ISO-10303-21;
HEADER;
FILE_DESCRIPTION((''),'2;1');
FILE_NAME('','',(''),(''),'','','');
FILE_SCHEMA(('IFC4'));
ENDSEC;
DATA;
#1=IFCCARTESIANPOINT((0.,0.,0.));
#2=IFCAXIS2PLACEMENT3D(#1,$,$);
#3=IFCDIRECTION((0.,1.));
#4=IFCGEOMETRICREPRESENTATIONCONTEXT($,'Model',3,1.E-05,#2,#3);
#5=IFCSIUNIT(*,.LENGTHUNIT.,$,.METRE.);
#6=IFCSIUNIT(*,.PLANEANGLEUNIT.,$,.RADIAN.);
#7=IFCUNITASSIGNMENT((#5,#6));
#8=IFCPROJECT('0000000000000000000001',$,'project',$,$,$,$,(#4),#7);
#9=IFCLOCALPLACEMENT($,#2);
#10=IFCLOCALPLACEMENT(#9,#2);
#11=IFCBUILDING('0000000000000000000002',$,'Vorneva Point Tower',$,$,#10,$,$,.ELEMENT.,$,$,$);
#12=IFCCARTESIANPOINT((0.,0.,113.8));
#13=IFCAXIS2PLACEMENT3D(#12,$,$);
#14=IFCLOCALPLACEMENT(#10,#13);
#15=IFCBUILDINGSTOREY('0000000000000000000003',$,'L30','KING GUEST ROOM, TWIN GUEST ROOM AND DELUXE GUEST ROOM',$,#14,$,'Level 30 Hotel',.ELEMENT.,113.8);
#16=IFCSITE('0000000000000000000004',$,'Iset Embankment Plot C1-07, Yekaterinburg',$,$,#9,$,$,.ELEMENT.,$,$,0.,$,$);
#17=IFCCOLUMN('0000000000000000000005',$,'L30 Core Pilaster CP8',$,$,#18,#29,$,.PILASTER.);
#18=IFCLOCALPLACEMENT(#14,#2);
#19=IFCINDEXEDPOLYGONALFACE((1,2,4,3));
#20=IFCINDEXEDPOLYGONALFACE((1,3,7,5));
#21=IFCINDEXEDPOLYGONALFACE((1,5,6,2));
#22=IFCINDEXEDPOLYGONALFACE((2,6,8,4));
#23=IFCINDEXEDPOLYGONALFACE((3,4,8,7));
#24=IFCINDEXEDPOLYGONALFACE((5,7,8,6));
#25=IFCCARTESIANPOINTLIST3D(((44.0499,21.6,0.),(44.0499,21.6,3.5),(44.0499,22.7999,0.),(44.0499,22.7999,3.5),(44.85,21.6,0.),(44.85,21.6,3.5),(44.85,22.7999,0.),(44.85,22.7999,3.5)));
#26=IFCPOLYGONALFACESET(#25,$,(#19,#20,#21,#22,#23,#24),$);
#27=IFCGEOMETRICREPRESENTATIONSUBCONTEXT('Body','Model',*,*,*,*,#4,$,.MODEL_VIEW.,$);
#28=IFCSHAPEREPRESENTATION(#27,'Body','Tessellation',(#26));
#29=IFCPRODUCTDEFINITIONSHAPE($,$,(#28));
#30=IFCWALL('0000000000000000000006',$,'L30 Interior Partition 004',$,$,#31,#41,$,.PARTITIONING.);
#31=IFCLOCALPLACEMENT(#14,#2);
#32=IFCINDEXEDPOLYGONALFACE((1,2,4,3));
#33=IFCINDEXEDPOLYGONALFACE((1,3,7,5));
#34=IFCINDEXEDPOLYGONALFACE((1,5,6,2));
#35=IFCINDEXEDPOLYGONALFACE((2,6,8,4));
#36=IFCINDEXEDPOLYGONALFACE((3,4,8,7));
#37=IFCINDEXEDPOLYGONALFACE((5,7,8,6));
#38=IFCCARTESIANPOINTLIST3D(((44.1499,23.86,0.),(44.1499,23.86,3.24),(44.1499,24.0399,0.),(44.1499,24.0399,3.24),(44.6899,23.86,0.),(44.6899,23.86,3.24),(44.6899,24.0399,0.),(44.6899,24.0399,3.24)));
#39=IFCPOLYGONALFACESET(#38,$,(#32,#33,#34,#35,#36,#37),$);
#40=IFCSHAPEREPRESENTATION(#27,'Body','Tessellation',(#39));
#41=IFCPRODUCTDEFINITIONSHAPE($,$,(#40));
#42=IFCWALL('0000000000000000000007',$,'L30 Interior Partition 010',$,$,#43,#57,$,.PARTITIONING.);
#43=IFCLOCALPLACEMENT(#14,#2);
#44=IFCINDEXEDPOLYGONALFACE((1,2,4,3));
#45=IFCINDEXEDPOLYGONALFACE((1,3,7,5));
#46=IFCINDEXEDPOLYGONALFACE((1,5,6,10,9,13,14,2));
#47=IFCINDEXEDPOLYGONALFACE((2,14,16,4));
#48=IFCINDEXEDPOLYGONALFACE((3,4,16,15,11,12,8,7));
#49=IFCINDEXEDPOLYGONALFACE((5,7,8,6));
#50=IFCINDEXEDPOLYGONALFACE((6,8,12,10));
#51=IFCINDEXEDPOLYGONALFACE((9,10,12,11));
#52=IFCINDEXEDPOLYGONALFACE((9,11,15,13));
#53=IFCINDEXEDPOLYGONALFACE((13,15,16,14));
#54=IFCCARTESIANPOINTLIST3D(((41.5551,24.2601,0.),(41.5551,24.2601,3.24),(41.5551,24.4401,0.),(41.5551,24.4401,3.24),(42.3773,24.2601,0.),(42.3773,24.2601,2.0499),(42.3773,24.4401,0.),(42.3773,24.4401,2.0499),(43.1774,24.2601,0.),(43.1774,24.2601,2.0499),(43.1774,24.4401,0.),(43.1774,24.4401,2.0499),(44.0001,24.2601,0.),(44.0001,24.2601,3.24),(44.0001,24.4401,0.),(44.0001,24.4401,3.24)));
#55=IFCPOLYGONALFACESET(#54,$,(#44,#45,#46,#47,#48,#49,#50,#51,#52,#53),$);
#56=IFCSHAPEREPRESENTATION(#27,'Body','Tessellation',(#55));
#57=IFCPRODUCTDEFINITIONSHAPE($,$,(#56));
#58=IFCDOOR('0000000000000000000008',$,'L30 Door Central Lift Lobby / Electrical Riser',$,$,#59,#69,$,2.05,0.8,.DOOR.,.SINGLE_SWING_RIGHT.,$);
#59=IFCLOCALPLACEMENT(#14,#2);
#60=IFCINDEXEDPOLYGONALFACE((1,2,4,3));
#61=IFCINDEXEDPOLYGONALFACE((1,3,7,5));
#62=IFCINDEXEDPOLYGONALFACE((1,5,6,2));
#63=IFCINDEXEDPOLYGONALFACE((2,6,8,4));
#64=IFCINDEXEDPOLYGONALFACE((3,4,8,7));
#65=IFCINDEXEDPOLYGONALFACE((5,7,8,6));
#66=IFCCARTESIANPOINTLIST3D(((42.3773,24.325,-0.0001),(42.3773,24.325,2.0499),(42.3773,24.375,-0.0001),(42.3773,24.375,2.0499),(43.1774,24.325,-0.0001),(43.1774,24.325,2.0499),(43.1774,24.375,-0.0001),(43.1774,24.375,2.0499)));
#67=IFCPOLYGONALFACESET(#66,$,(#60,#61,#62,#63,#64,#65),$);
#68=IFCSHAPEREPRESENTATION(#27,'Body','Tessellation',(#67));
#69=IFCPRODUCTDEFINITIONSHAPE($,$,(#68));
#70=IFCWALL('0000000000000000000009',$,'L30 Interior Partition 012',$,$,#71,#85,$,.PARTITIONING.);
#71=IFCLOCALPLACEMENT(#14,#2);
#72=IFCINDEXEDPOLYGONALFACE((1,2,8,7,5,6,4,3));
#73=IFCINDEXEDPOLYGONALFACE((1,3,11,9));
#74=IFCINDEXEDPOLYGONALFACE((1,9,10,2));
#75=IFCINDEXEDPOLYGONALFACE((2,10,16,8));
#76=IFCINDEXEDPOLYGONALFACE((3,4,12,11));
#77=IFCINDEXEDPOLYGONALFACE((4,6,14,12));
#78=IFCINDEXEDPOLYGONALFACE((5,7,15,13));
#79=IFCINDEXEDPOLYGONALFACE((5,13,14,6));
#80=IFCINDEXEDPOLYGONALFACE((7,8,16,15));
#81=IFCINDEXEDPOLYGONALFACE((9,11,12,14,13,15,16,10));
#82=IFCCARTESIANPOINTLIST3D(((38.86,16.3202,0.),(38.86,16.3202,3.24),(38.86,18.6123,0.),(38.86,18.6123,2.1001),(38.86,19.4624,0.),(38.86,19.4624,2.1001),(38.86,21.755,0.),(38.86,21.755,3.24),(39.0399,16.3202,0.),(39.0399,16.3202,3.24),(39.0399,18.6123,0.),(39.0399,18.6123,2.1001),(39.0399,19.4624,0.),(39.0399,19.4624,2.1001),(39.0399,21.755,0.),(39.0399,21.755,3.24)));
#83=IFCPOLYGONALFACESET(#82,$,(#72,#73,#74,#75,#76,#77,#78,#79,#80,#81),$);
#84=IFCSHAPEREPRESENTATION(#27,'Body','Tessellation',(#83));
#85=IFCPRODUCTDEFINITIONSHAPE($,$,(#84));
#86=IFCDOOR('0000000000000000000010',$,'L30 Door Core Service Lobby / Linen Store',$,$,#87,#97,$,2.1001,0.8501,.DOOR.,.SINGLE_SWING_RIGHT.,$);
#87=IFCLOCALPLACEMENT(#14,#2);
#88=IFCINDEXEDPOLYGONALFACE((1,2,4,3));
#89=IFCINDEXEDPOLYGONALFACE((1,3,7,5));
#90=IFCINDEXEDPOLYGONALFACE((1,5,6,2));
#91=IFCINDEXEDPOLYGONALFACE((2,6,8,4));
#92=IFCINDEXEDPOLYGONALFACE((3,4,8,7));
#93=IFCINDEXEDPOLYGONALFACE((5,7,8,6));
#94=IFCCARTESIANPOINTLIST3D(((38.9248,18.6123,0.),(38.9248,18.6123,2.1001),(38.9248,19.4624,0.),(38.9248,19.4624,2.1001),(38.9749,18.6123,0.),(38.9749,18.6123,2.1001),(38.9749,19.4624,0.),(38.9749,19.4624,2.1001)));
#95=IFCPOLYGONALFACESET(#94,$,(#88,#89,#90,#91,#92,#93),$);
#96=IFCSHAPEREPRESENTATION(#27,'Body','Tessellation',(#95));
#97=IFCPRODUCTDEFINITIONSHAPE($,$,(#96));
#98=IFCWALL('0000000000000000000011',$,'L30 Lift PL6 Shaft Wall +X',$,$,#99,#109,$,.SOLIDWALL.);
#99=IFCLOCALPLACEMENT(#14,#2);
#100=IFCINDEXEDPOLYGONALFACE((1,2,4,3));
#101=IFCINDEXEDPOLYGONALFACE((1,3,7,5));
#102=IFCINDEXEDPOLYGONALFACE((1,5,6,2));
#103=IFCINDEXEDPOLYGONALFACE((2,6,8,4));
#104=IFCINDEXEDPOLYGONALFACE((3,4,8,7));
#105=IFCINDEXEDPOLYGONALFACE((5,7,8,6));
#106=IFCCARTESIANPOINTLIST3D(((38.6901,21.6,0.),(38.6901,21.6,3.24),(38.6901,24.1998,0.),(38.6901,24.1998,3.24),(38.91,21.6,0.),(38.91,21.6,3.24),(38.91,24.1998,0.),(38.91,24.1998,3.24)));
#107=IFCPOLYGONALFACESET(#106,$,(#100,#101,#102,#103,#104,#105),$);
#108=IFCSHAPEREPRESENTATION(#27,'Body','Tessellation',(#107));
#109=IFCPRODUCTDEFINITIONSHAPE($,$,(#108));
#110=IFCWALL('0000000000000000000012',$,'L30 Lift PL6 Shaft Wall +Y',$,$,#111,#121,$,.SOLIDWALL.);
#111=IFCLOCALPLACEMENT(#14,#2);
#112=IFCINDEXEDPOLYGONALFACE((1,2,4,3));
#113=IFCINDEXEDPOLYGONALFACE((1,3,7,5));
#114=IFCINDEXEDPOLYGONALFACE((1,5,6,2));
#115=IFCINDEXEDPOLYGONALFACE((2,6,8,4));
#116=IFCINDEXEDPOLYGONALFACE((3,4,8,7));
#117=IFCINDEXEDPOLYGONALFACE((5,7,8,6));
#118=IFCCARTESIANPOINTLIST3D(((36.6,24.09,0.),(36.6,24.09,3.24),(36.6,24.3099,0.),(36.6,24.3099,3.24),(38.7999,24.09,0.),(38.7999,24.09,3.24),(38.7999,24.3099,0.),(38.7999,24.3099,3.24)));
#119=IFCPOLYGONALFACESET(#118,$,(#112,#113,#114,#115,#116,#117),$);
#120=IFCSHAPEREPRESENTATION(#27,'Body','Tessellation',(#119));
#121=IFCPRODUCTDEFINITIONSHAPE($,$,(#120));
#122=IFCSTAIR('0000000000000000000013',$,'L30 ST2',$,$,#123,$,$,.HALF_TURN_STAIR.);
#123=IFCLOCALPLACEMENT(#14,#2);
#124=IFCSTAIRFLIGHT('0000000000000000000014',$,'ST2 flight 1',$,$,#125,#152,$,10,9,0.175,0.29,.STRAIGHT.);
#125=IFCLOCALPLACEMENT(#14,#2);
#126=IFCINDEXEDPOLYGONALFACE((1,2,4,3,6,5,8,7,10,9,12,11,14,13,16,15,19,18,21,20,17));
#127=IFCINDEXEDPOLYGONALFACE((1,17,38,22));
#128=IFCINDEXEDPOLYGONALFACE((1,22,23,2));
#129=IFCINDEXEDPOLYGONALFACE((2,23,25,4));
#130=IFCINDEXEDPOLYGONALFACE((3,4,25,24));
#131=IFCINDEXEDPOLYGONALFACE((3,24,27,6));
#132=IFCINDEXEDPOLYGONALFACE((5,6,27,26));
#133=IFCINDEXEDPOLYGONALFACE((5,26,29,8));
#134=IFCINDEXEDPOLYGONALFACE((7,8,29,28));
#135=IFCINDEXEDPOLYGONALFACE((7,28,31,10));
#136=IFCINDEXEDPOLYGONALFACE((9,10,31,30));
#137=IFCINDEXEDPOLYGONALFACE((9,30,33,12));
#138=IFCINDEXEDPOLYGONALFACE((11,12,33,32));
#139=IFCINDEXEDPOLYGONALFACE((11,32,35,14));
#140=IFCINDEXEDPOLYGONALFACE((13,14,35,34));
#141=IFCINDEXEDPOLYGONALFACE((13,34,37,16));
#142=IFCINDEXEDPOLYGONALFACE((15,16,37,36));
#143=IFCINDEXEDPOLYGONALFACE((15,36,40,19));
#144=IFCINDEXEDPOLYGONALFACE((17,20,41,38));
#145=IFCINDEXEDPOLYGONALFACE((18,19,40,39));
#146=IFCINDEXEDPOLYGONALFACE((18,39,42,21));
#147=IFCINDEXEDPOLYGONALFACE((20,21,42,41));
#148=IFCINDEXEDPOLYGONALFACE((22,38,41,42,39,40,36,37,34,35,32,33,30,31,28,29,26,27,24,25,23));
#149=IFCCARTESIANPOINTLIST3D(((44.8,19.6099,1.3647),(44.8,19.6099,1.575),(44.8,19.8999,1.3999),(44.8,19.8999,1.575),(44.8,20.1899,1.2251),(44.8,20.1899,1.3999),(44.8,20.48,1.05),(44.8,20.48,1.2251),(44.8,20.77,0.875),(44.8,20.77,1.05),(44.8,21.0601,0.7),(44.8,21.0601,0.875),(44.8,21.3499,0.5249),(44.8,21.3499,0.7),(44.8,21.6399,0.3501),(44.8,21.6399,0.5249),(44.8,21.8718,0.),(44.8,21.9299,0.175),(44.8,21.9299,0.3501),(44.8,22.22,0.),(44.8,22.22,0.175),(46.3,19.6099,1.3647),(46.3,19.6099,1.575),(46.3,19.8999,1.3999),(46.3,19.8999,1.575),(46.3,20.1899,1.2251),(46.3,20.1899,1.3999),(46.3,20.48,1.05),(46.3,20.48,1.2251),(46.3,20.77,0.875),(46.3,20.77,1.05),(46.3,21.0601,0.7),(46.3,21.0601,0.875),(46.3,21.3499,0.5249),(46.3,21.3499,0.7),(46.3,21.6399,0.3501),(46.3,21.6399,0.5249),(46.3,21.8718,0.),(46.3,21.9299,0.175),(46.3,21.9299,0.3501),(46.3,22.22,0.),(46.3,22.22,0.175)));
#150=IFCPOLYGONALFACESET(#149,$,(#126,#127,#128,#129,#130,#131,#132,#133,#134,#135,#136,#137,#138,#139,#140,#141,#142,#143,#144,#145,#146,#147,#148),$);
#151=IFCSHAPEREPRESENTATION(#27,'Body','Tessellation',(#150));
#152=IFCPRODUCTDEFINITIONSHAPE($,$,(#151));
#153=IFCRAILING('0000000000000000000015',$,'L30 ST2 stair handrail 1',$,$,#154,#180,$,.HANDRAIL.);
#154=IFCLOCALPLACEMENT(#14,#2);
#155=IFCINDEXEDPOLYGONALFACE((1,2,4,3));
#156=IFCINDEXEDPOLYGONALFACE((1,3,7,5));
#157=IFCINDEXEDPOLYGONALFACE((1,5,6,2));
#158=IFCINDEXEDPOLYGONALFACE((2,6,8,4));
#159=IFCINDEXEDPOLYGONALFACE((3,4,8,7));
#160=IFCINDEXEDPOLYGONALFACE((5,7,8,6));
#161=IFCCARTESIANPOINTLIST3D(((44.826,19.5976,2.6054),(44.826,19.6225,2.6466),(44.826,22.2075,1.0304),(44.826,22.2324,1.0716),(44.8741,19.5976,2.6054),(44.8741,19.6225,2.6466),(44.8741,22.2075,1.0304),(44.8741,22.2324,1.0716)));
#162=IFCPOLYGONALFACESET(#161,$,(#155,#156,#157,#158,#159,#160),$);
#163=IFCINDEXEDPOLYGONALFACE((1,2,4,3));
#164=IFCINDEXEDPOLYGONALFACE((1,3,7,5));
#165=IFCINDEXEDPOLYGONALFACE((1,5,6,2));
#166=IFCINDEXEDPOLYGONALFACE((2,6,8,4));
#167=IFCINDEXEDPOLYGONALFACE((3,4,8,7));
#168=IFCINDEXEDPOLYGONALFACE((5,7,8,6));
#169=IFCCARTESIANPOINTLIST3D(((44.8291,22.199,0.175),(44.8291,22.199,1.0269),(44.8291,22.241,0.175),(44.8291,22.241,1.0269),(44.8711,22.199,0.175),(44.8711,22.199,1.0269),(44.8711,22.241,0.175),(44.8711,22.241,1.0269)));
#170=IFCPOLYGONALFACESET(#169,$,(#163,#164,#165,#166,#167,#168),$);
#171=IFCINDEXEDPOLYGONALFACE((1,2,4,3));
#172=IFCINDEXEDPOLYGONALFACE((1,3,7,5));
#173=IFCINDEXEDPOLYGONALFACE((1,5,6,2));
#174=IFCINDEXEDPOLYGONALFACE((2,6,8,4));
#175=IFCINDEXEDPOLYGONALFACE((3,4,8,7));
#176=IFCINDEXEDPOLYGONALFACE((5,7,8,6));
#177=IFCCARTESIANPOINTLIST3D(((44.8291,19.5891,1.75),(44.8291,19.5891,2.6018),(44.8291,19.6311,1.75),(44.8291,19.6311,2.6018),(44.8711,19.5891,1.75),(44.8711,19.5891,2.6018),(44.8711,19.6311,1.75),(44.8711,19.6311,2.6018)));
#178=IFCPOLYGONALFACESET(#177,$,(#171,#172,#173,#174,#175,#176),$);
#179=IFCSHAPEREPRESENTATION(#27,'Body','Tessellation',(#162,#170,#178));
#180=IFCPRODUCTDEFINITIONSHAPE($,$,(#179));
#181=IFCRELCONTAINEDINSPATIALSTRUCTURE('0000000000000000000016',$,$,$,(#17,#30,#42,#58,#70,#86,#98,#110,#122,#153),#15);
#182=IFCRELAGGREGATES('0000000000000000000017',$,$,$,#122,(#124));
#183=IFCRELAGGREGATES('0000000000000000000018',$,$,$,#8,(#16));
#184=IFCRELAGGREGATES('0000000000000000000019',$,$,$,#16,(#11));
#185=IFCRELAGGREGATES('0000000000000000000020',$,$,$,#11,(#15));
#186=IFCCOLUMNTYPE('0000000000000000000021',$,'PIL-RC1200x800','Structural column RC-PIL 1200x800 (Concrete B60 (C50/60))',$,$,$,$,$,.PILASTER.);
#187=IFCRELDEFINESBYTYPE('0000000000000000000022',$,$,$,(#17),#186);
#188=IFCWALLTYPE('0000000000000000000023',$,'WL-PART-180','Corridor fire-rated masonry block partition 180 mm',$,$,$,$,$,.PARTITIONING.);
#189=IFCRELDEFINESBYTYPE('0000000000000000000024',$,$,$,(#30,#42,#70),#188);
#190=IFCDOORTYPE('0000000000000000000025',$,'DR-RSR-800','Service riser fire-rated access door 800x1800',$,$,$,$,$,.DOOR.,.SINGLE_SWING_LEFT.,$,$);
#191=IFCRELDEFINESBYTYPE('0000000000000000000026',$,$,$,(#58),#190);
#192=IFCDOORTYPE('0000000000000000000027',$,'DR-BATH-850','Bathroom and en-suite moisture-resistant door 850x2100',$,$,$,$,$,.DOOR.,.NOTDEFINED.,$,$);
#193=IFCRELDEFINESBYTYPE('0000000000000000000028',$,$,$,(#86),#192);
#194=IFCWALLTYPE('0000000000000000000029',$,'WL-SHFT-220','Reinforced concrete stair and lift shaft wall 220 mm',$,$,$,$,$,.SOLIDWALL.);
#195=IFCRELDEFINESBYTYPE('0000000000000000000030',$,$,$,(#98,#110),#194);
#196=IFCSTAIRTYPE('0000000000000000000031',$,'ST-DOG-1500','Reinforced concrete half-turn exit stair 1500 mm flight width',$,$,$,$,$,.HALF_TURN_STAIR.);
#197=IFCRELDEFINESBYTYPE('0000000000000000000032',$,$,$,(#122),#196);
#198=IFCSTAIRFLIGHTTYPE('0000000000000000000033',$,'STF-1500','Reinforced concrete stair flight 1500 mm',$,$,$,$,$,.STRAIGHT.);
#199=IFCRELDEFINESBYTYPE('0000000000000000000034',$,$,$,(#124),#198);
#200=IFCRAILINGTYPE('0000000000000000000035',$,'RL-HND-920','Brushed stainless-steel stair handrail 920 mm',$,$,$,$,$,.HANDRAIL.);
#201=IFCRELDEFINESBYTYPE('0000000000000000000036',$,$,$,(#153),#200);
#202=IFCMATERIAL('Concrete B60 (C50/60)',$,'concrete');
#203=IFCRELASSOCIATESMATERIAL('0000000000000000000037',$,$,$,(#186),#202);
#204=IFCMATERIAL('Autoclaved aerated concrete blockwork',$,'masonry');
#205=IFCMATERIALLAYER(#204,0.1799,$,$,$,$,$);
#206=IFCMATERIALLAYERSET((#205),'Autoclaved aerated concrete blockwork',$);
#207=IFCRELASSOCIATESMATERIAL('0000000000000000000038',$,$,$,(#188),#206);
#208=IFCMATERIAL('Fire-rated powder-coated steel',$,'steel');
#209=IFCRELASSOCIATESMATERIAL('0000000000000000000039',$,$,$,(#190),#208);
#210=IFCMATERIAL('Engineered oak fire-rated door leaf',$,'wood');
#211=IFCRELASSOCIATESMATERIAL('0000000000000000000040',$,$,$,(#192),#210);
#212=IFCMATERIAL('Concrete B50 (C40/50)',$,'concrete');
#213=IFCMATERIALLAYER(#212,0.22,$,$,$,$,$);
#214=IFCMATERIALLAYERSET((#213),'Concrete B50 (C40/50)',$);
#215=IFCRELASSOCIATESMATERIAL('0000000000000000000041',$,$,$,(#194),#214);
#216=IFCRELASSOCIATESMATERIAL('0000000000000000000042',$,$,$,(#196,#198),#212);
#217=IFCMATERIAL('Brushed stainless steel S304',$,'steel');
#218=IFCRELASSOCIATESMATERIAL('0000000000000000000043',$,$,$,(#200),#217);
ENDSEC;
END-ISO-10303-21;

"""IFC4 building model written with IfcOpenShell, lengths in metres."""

from ifc_helpers import new_model, si_unit, direction, frame, frame_2d, origin, origin_2d, place, context, subcontext, project, spatial, polyline, rectangle, outline, extrude, material, layer, layer_set, material_profile, profile_set, type_object, element, fill, aggregate, save


model = new_model("IFC4")

# Units and contexts
model_context = context("Model", 3, precision=1e-05, world=origin(), true_north=direction((0.0, 1.0)))
body_context = subcontext(model_context, "Body", "Model", "MODEL_VIEW")
ifc_project = project(units=[si_unit("LENGTHUNIT", "METRE"), si_unit("PLANEANGLEUNIT", "RADIAN")], contexts=[model_context])

# Site, building, storey
site_placement = place(None, origin())
site = spatial("IfcSite", under=ifc_project, at=site_placement, Name="Iset Embankment Plot C1-07, Yekaterinburg", CompositionType="ELEMENT", RefElevation=0.0)
building_placement = place(site_placement, origin())
building = spatial("IfcBuilding", under=site, at=building_placement, Name="Vorneva Point Tower", CompositionType="ELEMENT")
storey_placement = place(building_placement, frame((0.0, 0.0, 113.8)))
storey = spatial("IfcBuildingStorey", under=building, at=storey_placement, Name="L30", Description="KING GUEST ROOM, TWIN GUEST ROOM AND DELUXE GUEST ROOM", LongName="Level 30 Hotel", CompositionType="ELEMENT", Elevation=113.8)

# Column
ifc_material_1 = material(Name="Concrete B60 (C50/60)", Category="concrete")
ifc_material_profile = material_profile(ifc_material_1, rectangle(XDim=0.8, YDim=1.2, at=origin_2d()), Name="RC-PIL 1200x800")
ifc_profile_set = profile_set([ifc_material_profile], Name="Concrete B60 (C50/60)")
column_type = type_object("IfcColumnType", Name="PIL-RC1200x800", Description="Structural column RC-PIL 1200x800 (Concrete B60 (C50/60))", PredefinedType="PILASTER", material=ifc_profile_set)
column_placement = place(storey_placement, frame((44.45, 22.2, 0.0), z_axis=(0.0, 0.0, 1.0), x_axis=(1.0, 0.0, 0.0)))
element("IfcColumn", 1, at=column_placement, inside=storey, type_object=column_type, Name="L30 Core Pilaster CP8", PredefinedType="PILASTER", context=body_context, shape_type="SweptSolid", body=[
    extrude(rectangle(XDim=0.8, YDim=1.2, at=origin_2d()), origin(), (0.0, 0.0, 1.0), 3.5),
])

# Wall
ifc_material_2 = material(Name="Autoclaved aerated concrete blockwork", Category="masonry")
ifc_layer_1 = layer(ifc_material_2, 0.1799)
ifc_layer_set_1 = layer_set([ifc_layer_1], Name="Autoclaved aerated concrete blockwork")
wall_type_1 = type_object("IfcWallType", Name="WL-PART-180", Description="Corridor fire-rated masonry block partition 180 mm", PredefinedType="PARTITIONING", material=ifc_layer_set_1)
wall_1_placement = place(storey_placement, frame((44.1499, 23.95, 0.0), z_axis=(0.0, 0.0, 1.0), x_axis=(1.0, 0.0, 0.0)))
element("IfcWall", 2, at=wall_1_placement, inside=storey, type_object=wall_type_1, Name="L30 Interior Partition 004", PredefinedType="PARTITIONING", context=body_context, shape_type="SweptSolid", body=[
    extrude(rectangle(XDim=0.54, YDim=0.1799, at=frame_2d((0.27, 0.0))), origin(), (0.0, 0.0, 1.0), 3.24),
])

# Walls, openings, doors
ifc_material_3 = material(Name="Fire-rated powder-coated steel", Category="steel")
wall_2_placement = place(storey_placement, frame((41.5549, 24.3501, 0.0), z_axis=(0.0, 0.0, 1.0), x_axis=(1.0, 0.0, 0.0)))
wall_2 = element("IfcWall", 3, at=wall_2_placement, inside=storey, type_object=wall_type_1, Name="L30 Interior Partition 010", PredefinedType="PARTITIONING", context=body_context, shape_type="SweptSolid", body=[
    extrude(rectangle(XDim=2.4451, YDim=0.1799, at=frame_2d((1.2227, 0.0))), origin(), (0.0, 0.0, 1.0), 3.24),
])
opening_1_placement = place(wall_2_placement, frame((0.8225, 0.0, 0.0)))
opening_1 = element("IfcOpeningElement", 4, at=opening_1_placement, cuts=wall_2, PredefinedType="OPENING", context=body_context, shape_type="SweptSolid", body=[
    extrude(rectangle(XDim=0.8, YDim=2.05, at=frame_2d((0.3999, 1.0249))), frame((0.0, 0.105, 0.0), z_axis=(0.0, -1.0, 0.0), x_axis=(1.0, 0.0, 0.0)), (0.0, 0.0, 1.0), 0.2097),
])
door_type_1 = type_object("IfcDoorType", Name="DR-RSR-800", Description="Service riser fire-rated access door 800x1800", OperationType="SINGLE_SWING_LEFT", PredefinedType="DOOR", material=ifc_material_3)
door_1_placement = place(opening_1_placement, origin())
door_1 = element("IfcDoor", 5, at=door_1_placement, inside=storey, type_object=door_type_1, Name="L30 Door Central Lift Lobby / Electrical Riser", OperationType="SINGLE_SWING_RIGHT", OverallHeight=2.05, OverallWidth=0.8, PredefinedType="DOOR", context=body_context, shape_type="SweptSolid", body=[
    extrude(rectangle(XDim=0.8, YDim=2.05, at=frame_2d((0.3999, 1.0249))), frame((0.0, 0.0249, 0.0), z_axis=(0.0, -1.0, 0.0), x_axis=(1.0, 0.0, 0.0)), (0.0, 0.0, 1.0), 0.05),
])
fill(opening_1, door_1)
wall_3_placement = place(storey_placement, frame((38.95, 21.7549, 0.0), z_axis=(0.0, 0.0, 1.0), x_axis=(0.0, -1.0, 0.0)))
wall_3 = element("IfcWall", 6, at=wall_3_placement, inside=storey, type_object=wall_type_1, Name="L30 Interior Partition 012", PredefinedType="PARTITIONING", context=body_context, shape_type="SweptSolid", body=[
    extrude(rectangle(XDim=5.4348, YDim=0.1799, at=frame_2d((2.7173, 0.0))), origin(), (0.0, 0.0, 1.0), 3.24),
])
opening_2_placement = place(wall_3_placement, frame((2.2925, 0.0, 0.0)))
opening_2 = element("IfcOpeningElement", 7, at=opening_2_placement, cuts=wall_3, PredefinedType="OPENING", context=body_context, shape_type="SweptSolid", body=[
    extrude(rectangle(XDim=0.8501, YDim=2.1001, at=frame_2d((0.425, 1.05))), frame((0.0, 0.105, 0.0), z_axis=(0.0, -1.0, 0.0), x_axis=(1.0, 0.0, 0.0)), (0.0, 0.0, 1.0), 0.2097),
])
ifc_material_4 = material(Name="Engineered oak fire-rated door leaf", Category="wood")
door_type_2 = type_object("IfcDoorType", Name="DR-BATH-850", Description="Bathroom and en-suite moisture-resistant door 850x2100", OperationType="NOTDEFINED", PredefinedType="DOOR", material=ifc_material_4)
door_2_placement = place(opening_2_placement, origin())
door_2 = element("IfcDoor", 8, at=door_2_placement, inside=storey, type_object=door_type_2, Name="L30 Door Core Service Lobby / Linen Store", OperationType="SINGLE_SWING_RIGHT", OverallHeight=2.1001, OverallWidth=0.8501, PredefinedType="DOOR", context=body_context, shape_type="SweptSolid", body=[
    extrude(rectangle(XDim=0.8501, YDim=2.1001, at=frame_2d((0.425, 1.05))), frame((0.0, 0.0249, 0.0), z_axis=(0.0, -1.0, 0.0), x_axis=(1.0, 0.0, 0.0)), (0.0, 0.0, 1.0), 0.05),
])
fill(opening_2, door_2)
ifc_material_5 = material(Name="Concrete B50 (C40/50)", Category="concrete")
ifc_layer_2 = layer(ifc_material_5, 0.22)
ifc_layer_set_2 = layer_set([ifc_layer_2], Name="Concrete B50 (C40/50)")
wall_type_2 = type_object("IfcWallType", Name="WL-SHFT-220", Description="Reinforced concrete stair and lift shaft wall 220 mm", PredefinedType="SOLIDWALL", material=ifc_layer_set_2)

# Walls
wall_4_placement = place(storey_placement, frame((38.8, 21.6001, 0.0), z_axis=(0.0, 0.0, 1.0), x_axis=(0.0, 1.0, 0.0)))
element("IfcWall", 9, at=wall_4_placement, inside=storey, type_object=wall_type_2, Name="L30 Lift PL6 Shaft Wall +X", PredefinedType="SOLIDWALL", context=body_context, shape_type="SweptSolid", body=[
    extrude(rectangle(XDim=2.5999, YDim=0.22, at=frame_2d((1.2998, 0.0))), origin(), (0.0, 0.0, 1.0), 3.24),
])
wall_5_placement = place(storey_placement, frame((38.8, 24.2, 0.0), z_axis=(0.0, 0.0, 1.0), x_axis=(-1.0, 0.0, 0.0)))
element("IfcWall", 10, at=wall_5_placement, inside=storey, type_object=wall_type_2, Name="L30 Lift PL6 Shaft Wall +Y", PredefinedType="SOLIDWALL", context=body_context, shape_type="SweptSolid", body=[
    extrude(rectangle(XDim=2.2, YDim=0.22, at=frame_2d((1.1001, 0.0))), origin(), (0.0, 0.0, 1.0), 3.24),
])

# Stair, stair flight
stair_type = type_object("IfcStairType", Name="ST-DOG-1500", Description="Reinforced concrete half-turn exit stair 1500 mm flight width", PredefinedType="HALF_TURN_STAIR", material=ifc_material_5)
stair_placement = place(storey_placement, origin())
stair = element("IfcStair", 11, at=stair_placement, inside=storey, type_object=stair_type, Name="L30 ST2", PredefinedType="HALF_TURN_STAIR")
stair_flight_type = type_object("IfcStairFlightType", Name="STF-1500", Description="Reinforced concrete stair flight 1500 mm", PredefinedType="STRAIGHT", material=ifc_material_5)
stair_flight_placement = place(storey_placement, frame((45.55, 22.22, 0.0), z_axis=(0.0, 0.0, 1.0), x_axis=(0.0, -1.0, 0.0)))
stair_flight = element("IfcStairFlight", 12, at=stair_flight_placement, type_object=stair_flight_type, Name="ST2 flight 1", NumberOfRisers=10, NumberOfTreads=9, PredefinedType="STRAIGHT", RiserHeight=0.175, TreadLength=0.29, context=body_context, shape_type="SweptSolid", body=[
    extrude(outline(polyline([(0.0, 0.0), (0.0, 0.175), (0.29, 0.175), (0.29, 0.3501), (0.5801, 0.3501), (0.5801, 0.5249), (0.8701, 0.5249), (0.8701, 0.7), (1.1599, 0.7), (1.1599, 0.875), (1.45, 0.875), (1.45, 1.05), (1.74, 1.05), (1.74, 1.2251), (2.03, 1.2251), (2.03, 1.3999), (2.3201, 1.3999), (2.3201, 1.575), (2.6101, 1.575), (2.6101, 1.75), (2.6101, 1.3647), (0.3481, 0.0), (0.0, 0.0)])), frame((0.0, 0.75, 0.0), z_axis=(0.0, -1.0, 0.0), x_axis=(1.0, 0.0, 0.0)), (0.0, 0.0, 1.0), 1.5),
])
aggregate(stair, [stair_flight])

# Railing
ifc_material_6 = material(Name="Brushed stainless steel S304", Category="steel")
railing_type_1 = type_object("IfcRailingType", Name="RL-HND-920", Description="Brushed stainless-steel stair handrail 920 mm", PredefinedType="HANDRAIL", material=ifc_material_6)
railing_1_placement = place(storey_placement, frame((44.8501, 22.22, 0.175)))
element("IfcRailing", 13, at=railing_1_placement, inside=storey, type_object=railing_type_1, Name="L30 ST2 stair handrail 1", PredefinedType="HANDRAIL", context=body_context, shape_type="SweptSolid", body=[
    extrude(rectangle(XDim=0.0481, YDim=0.0481, at=origin_2d()), frame((0.0, 0.0, 0.876), z_axis=(0.0, -0.856183, 0.516673), x_axis=(1.0, 0.0, 0.0)), (0.0, 0.0, 1.0), 3.0483),
    extrude(rectangle(XDim=0.042, YDim=0.042, at=origin_2d()), origin(), (0.0, 0.0, 1.0), 0.8518),
    extrude(rectangle(XDim=0.042, YDim=0.042, at=origin_2d()), frame((0.0, -2.6099, 1.575)), (0.0, 0.0, 1.0), 0.8518),
])

save(model, "model.ifc")
